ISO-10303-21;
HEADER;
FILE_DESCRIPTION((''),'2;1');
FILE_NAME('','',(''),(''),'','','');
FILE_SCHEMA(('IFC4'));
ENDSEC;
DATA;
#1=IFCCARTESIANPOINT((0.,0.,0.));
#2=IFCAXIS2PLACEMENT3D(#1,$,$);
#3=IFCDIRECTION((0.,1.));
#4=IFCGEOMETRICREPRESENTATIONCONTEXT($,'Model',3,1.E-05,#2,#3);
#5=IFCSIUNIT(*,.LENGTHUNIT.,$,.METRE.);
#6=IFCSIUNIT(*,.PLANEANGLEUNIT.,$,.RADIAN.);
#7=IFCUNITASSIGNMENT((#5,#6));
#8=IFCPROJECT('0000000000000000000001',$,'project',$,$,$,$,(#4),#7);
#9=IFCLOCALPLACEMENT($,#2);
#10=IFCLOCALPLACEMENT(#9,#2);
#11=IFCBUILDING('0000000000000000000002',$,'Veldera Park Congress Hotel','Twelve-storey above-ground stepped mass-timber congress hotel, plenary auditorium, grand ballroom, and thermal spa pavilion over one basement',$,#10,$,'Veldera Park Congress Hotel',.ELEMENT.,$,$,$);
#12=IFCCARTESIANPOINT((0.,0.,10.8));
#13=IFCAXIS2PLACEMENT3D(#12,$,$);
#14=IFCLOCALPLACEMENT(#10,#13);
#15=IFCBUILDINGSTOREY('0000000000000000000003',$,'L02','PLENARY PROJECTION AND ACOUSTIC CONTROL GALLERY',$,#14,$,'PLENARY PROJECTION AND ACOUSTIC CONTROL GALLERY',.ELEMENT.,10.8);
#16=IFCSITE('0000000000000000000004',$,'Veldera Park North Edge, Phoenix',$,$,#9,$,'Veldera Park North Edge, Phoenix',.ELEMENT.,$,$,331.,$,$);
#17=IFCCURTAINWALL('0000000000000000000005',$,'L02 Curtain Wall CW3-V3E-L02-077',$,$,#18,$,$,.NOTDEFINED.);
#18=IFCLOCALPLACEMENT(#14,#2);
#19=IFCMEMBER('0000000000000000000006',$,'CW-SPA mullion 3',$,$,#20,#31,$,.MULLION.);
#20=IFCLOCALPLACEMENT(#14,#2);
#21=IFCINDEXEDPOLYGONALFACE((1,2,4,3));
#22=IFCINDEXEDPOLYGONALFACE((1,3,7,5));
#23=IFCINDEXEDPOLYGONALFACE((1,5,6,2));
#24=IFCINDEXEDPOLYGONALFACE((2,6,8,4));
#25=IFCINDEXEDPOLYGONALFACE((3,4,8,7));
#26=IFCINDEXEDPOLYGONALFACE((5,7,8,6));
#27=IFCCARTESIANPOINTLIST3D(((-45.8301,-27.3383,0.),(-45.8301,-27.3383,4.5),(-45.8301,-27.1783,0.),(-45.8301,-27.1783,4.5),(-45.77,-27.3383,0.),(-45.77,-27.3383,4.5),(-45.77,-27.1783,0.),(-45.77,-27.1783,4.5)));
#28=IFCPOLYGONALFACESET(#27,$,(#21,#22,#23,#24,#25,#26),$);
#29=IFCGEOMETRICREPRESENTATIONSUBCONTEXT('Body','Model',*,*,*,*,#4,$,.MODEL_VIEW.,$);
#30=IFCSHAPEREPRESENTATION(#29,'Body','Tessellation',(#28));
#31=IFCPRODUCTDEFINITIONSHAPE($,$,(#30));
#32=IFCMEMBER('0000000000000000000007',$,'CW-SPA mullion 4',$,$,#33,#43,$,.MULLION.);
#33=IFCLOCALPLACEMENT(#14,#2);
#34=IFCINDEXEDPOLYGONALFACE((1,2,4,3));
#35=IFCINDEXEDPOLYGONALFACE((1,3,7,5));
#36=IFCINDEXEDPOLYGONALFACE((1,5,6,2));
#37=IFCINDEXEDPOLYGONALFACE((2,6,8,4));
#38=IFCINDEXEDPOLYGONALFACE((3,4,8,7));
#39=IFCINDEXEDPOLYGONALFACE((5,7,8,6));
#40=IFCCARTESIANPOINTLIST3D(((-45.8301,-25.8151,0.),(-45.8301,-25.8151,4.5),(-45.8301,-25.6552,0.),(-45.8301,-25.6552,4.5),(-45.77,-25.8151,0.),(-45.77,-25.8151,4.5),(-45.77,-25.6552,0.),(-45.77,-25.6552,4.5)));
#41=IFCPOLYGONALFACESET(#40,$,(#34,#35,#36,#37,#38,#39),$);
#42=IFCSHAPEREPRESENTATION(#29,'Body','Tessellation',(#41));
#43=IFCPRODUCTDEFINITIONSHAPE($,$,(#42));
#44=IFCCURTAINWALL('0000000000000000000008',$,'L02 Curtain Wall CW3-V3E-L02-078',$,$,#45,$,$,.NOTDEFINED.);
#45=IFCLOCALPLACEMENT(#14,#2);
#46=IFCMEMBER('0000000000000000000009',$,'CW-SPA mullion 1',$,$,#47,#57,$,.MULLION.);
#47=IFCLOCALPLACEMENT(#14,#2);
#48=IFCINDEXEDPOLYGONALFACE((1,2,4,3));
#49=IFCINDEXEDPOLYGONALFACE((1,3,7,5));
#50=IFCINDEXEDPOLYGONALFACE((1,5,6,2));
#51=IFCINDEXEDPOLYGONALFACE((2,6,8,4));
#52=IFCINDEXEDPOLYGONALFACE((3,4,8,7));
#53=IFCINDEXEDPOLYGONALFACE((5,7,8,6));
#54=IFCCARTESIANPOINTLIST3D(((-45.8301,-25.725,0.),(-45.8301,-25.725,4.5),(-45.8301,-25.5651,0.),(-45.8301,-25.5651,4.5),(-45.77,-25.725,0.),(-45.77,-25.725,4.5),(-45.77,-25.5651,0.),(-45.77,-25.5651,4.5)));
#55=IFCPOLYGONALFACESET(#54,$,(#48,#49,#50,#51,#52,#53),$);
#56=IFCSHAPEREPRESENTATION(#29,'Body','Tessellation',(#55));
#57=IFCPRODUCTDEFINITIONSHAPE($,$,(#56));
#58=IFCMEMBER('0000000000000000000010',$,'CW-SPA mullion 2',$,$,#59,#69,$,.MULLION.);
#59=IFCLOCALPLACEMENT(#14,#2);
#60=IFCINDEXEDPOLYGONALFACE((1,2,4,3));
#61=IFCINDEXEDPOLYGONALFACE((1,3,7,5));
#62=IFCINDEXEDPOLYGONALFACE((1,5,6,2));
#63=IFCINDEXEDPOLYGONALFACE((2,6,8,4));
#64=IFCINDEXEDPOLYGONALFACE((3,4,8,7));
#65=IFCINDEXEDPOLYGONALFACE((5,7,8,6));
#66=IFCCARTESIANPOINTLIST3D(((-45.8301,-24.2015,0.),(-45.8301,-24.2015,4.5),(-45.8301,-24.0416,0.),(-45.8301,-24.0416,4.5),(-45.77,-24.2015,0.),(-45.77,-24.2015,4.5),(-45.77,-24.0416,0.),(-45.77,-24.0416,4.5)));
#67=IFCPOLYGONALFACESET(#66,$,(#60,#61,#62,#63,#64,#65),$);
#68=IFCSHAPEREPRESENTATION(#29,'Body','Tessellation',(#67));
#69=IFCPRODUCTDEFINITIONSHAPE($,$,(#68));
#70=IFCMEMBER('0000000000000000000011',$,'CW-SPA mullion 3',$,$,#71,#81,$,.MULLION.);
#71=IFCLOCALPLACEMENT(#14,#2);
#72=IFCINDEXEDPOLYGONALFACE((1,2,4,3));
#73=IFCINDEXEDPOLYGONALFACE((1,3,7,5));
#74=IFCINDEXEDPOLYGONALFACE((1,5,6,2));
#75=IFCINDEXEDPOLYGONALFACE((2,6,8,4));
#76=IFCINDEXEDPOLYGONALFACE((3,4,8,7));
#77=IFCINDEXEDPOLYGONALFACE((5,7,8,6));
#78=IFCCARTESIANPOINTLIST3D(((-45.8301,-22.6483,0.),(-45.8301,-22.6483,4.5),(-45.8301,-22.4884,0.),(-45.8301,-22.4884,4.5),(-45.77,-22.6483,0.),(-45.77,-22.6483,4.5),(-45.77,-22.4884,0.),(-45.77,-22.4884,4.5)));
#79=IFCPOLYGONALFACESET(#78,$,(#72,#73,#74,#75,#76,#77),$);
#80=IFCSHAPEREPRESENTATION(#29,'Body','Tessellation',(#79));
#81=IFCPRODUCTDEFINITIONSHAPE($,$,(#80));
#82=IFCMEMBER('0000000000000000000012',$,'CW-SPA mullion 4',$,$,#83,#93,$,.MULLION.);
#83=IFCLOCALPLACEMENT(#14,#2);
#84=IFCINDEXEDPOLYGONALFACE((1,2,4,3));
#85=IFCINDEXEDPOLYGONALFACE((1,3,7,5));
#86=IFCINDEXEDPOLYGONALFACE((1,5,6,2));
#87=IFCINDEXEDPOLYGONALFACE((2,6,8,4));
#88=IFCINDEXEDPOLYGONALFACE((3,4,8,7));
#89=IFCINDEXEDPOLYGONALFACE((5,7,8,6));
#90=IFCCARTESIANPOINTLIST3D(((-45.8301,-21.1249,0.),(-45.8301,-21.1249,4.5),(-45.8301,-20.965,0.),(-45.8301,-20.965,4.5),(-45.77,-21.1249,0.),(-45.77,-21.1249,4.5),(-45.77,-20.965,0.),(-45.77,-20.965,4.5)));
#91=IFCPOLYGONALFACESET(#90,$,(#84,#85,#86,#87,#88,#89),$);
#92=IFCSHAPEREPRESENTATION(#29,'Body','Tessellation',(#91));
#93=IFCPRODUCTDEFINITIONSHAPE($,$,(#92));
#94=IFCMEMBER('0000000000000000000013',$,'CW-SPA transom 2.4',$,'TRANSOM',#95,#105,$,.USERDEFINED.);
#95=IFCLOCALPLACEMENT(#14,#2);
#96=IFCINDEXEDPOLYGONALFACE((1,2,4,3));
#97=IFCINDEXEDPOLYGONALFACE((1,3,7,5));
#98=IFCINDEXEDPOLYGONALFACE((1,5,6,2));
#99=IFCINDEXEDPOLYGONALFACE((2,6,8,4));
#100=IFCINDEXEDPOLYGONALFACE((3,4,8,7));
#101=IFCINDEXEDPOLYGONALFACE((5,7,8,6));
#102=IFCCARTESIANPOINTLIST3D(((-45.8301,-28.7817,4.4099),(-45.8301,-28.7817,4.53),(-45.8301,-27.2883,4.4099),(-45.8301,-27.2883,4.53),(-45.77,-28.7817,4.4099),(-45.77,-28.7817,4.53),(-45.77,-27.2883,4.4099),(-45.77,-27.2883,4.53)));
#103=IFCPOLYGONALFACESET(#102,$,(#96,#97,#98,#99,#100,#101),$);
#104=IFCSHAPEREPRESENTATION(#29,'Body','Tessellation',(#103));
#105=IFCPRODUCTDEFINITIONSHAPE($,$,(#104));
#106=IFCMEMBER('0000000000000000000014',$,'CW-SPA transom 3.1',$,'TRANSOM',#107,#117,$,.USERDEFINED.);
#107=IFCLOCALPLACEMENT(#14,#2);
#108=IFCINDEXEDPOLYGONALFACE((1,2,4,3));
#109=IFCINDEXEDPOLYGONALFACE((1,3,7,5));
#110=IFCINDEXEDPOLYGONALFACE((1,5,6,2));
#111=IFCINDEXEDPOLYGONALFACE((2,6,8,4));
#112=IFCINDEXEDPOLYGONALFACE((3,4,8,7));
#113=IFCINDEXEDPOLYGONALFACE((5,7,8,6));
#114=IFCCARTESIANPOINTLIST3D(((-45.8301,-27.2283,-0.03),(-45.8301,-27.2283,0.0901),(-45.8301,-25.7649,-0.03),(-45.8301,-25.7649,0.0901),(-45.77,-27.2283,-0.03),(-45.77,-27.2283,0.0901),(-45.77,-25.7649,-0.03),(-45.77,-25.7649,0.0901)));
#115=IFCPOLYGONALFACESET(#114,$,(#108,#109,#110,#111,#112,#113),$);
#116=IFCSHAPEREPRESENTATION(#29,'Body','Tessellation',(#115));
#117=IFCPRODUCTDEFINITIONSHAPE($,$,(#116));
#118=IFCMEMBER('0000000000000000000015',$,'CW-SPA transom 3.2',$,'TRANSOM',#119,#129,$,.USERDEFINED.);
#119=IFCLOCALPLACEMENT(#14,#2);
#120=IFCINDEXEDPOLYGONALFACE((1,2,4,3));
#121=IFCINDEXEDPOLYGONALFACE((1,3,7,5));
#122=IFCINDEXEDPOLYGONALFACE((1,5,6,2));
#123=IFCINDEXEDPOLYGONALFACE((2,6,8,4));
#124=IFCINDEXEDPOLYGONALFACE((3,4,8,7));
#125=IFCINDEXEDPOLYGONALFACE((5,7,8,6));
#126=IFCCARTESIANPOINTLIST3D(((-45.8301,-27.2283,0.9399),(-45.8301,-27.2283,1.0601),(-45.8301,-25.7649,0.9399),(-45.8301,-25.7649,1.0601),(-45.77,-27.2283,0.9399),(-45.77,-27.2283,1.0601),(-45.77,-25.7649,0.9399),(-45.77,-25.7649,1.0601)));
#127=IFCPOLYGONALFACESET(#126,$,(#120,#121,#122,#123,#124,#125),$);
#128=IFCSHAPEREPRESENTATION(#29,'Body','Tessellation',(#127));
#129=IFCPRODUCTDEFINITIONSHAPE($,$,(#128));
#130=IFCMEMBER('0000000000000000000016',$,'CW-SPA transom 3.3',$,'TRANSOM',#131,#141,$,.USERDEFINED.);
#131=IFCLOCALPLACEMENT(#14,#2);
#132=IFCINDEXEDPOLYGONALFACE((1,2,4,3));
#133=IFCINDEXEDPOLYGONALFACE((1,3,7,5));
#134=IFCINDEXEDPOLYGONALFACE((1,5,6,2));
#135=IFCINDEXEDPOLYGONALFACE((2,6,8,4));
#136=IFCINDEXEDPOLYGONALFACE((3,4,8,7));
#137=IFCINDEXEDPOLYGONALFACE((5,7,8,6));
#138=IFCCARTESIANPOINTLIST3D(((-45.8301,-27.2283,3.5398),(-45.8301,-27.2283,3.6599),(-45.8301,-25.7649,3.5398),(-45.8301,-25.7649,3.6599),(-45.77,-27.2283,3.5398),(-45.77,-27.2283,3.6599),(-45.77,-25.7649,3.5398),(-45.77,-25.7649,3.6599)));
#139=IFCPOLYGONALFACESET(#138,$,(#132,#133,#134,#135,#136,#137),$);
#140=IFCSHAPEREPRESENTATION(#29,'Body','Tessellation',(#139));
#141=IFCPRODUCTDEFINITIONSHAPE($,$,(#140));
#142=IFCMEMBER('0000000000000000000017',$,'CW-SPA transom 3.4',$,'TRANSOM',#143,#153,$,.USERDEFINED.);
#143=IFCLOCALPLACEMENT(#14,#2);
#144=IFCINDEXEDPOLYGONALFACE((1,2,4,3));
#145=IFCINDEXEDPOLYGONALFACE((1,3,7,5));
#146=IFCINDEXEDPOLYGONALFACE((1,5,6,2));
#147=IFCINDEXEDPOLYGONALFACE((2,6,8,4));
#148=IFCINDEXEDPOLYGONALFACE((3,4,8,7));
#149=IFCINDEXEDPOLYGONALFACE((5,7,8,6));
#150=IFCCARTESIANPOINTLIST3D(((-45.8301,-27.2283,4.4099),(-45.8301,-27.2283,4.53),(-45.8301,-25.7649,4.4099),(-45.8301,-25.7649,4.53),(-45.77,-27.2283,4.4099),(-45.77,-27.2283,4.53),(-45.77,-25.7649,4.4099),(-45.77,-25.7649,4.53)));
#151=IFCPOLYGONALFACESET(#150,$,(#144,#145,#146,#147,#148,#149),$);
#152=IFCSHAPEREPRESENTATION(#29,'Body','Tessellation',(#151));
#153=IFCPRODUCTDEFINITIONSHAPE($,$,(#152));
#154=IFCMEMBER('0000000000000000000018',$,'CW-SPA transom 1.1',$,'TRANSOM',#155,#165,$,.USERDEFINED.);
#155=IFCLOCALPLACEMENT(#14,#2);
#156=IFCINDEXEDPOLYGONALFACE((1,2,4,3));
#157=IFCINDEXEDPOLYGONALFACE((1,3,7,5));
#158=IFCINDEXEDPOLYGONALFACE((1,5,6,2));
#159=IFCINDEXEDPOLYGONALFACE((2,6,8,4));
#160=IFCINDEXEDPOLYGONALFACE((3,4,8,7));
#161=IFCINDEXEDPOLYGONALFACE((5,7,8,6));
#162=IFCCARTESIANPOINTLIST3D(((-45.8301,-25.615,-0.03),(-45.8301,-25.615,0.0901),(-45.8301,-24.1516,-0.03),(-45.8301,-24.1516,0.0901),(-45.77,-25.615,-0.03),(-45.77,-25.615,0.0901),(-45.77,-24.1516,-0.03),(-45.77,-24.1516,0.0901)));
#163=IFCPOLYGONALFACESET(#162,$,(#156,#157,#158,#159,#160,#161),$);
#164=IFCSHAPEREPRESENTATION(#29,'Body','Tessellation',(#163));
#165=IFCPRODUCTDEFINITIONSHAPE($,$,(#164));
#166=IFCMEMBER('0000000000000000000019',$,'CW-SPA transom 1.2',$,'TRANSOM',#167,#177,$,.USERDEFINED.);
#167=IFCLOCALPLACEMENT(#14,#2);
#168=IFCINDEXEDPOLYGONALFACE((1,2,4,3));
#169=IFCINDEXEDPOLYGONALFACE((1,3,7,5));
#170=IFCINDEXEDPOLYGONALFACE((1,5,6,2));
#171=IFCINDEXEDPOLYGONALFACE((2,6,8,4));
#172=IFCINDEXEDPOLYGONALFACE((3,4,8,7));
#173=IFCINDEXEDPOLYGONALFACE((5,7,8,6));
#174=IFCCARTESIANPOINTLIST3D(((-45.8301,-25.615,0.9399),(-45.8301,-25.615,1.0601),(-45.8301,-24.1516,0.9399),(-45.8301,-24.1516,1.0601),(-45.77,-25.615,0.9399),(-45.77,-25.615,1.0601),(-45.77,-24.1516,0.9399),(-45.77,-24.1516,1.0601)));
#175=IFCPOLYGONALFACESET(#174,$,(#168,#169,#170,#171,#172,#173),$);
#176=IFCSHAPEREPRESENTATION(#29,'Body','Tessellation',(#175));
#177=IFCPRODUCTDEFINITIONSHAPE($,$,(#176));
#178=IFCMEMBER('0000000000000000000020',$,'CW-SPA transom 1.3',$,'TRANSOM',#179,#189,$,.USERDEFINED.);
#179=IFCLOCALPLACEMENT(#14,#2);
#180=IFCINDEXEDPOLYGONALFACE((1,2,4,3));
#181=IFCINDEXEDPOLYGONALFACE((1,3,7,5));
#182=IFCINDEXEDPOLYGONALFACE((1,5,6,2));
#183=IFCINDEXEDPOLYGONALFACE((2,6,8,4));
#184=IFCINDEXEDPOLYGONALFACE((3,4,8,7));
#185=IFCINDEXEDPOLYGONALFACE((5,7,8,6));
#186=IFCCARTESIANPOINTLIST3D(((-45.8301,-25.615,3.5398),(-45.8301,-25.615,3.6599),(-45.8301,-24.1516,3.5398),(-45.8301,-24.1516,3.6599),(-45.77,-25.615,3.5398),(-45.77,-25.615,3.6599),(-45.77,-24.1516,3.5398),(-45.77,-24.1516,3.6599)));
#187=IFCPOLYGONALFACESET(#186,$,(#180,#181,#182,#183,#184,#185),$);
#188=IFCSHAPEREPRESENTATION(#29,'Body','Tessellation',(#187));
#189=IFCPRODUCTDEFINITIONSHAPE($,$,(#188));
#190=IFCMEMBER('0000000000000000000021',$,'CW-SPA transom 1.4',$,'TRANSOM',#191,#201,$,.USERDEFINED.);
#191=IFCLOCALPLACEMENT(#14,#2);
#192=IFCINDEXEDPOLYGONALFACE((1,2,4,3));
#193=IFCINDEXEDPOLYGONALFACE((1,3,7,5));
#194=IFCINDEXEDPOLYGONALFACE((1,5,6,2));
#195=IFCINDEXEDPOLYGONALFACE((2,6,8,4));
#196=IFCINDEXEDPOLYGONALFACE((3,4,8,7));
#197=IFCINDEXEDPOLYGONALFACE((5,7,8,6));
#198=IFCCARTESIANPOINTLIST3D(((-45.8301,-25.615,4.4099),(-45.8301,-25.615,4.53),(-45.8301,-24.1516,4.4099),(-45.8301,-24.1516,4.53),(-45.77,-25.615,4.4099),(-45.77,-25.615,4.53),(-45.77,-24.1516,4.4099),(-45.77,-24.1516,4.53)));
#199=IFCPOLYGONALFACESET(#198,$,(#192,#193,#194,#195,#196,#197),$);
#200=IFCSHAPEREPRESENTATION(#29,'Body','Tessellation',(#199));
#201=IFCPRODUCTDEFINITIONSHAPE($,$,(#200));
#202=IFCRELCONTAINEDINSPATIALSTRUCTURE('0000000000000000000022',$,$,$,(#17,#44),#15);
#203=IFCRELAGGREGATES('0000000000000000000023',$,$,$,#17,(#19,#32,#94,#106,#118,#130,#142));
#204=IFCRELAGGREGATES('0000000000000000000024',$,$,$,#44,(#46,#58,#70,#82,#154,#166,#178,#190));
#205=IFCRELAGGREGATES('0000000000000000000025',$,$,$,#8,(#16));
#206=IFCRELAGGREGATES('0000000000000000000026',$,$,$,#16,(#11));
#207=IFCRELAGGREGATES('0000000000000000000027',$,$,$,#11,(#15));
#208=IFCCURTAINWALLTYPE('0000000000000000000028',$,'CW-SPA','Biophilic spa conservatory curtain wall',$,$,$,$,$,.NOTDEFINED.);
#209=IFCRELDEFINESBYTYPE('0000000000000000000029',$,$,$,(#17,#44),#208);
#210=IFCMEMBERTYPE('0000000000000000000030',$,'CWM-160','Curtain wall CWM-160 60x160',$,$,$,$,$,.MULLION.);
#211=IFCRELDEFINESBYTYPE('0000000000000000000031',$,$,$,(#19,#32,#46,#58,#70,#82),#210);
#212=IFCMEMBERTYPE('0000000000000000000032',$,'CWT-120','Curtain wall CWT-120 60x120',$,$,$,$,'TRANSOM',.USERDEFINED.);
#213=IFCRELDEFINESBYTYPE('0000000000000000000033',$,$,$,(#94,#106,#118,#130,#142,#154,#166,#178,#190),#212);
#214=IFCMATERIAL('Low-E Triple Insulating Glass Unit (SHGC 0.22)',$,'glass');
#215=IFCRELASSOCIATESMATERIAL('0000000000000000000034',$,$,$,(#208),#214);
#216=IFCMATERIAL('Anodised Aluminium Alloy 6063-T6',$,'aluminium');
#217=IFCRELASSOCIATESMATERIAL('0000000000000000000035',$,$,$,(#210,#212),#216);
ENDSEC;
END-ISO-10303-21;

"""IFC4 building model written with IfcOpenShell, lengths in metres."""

from ifc_helpers import new_model, si_unit, direction, frame, origin, origin_2d, place, context, subcontext, project, spatial, rectangle, extrude, material, material_profile, profile_set, type_object, element, aggregate, save


model = new_model("IFC4")

# Units and contexts
model_context = context("Model", 3, precision=1e-05, world=origin(), true_north=direction((0.0, 1.0)))
body_context = subcontext(model_context, "Body", "Model", "MODEL_VIEW")
ifc_project = project(units=[si_unit("LENGTHUNIT", "METRE"), si_unit("PLANEANGLEUNIT", "RADIAN")], contexts=[model_context])

# Site, building, storey
site_placement = place(None, origin())
site = spatial("IfcSite", under=ifc_project, at=site_placement, Name="Veldera Park North Edge, Phoenix", LongName="Veldera Park North Edge, Phoenix", CompositionType="ELEMENT", RefElevation=331.0)
building_placement = place(site_placement, origin())
building = spatial("IfcBuilding", under=site, at=building_placement, Name="Veldera Park Congress Hotel", Description="Twelve-storey above-ground stepped mass-timber congress hotel, plenary auditorium, grand ballroom, and thermal spa pavilion over one basement", LongName="Veldera Park Congress Hotel", CompositionType="ELEMENT")
storey_placement = place(building_placement, frame((0.0, 0.0, 10.8)))
storey = spatial("IfcBuildingStorey", under=building, at=storey_placement, Name="L02", Description="PLENARY PROJECTION AND ACOUSTIC CONTROL GALLERY", LongName="PLENARY PROJECTION AND ACOUSTIC CONTROL GALLERY", CompositionType="ELEMENT", Elevation=10.8)

# Curtain walls, members
ifc_material_1 = material(Name="Low-E Triple Insulating Glass Unit (SHGC 0.22)", Category="glass")
curtain_wall_type = type_object("IfcCurtainWallType", Name="CW-SPA", Description="Biophilic spa conservatory curtain wall", PredefinedType="NOTDEFINED", material=ifc_material_1)
curtain_wall_1_placement = place(storey_placement, origin())
curtain_wall_1 = element("IfcCurtainWall", 1, at=curtain_wall_1_placement, inside=storey, type_object=curtain_wall_type, Name="L02 Curtain Wall CW3-V3E-L02-077", PredefinedType="NOTDEFINED")
ifc_material_2 = material(Name="Anodised Aluminium Alloy 6063-T6", Category="aluminium")
ifc_material_profile_1 = material_profile(ifc_material_2, rectangle(XDim=0.0601, YDim=0.1599, at=origin_2d()), Name="ALU 60x160")
ifc_profile_set_1 = profile_set([ifc_material_profile_1], Name="Anodised Aluminium Alloy 6063-T6")
member_type_1 = type_object("IfcMemberType", Name="CWM-160", Description="Curtain wall CWM-160 60x160", PredefinedType="MULLION", material=ifc_profile_set_1)
member_1_placement = place(storey_placement, frame((-45.8, -27.2583, 0.0), z_axis=(0.0, 0.0, 1.0), x_axis=(-1.0, 0.0, 0.0)))
member_1 = element("IfcMember", 2, at=member_1_placement, type_object=member_type_1, Name="CW-SPA mullion 3", PredefinedType="MULLION", context=body_context, shape_type="SweptSolid", body=[
    extrude(rectangle(XDim=0.0601, YDim=0.1599, at=origin_2d()), origin(), (0.0, 0.0, 1.0), 4.5),
])
member_2_placement = place(storey_placement, frame((-45.8, -25.7351, 0.0), z_axis=(0.0, 0.0, 1.0), x_axis=(-1.0, 0.0, 0.0)))
member_2 = element("IfcMember", 3, at=member_2_placement, type_object=member_type_1, Name="CW-SPA mullion 4", PredefinedType="MULLION", context=body_context, shape_type="SweptSolid", body=[
    extrude(rectangle(XDim=0.0601, YDim=0.1599, at=origin_2d()), origin(), (0.0, 0.0, 1.0), 4.5),
])
curtain_wall_2_placement = place(storey_placement, origin())
curtain_wall_2 = element("IfcCurtainWall", 4, at=curtain_wall_2_placement, inside=storey, type_object=curtain_wall_type, Name="L02 Curtain Wall CW3-V3E-L02-078", PredefinedType="NOTDEFINED")
member_3_placement = place(storey_placement, frame((-45.8, -25.645, 0.0), z_axis=(0.0, 0.0, 1.0), x_axis=(-1.0, 0.0, 0.0)))
member_3 = element("IfcMember", 5, at=member_3_placement, type_object=member_type_1, Name="CW-SPA mullion 1", PredefinedType="MULLION", context=body_context, shape_type="SweptSolid", body=[
    extrude(rectangle(XDim=0.0601, YDim=0.1599, at=origin_2d()), origin(), (0.0, 0.0, 1.0), 4.5),
])
member_4_placement = place(storey_placement, frame((-45.8, -24.1216, 0.0), z_axis=(0.0, 0.0, 1.0), x_axis=(-1.0, 0.0, 0.0)))
member_4 = element("IfcMember", 6, at=member_4_placement, type_object=member_type_1, Name="CW-SPA mullion 2", PredefinedType="MULLION", context=body_context, shape_type="SweptSolid", body=[
    extrude(rectangle(XDim=0.0601, YDim=0.1599, at=origin_2d()), origin(), (0.0, 0.0, 1.0), 4.5),
])
member_5_placement = place(storey_placement, frame((-45.8, -22.5684, 0.0), z_axis=(0.0, 0.0, 1.0), x_axis=(-1.0, 0.0, 0.0)))
member_5 = element("IfcMember", 7, at=member_5_placement, type_object=member_type_1, Name="CW-SPA mullion 3", PredefinedType="MULLION", context=body_context, shape_type="SweptSolid", body=[
    extrude(rectangle(XDim=0.0601, YDim=0.1599, at=origin_2d()), origin(), (0.0, 0.0, 1.0), 4.5),
])
member_6_placement = place(storey_placement, frame((-45.8, -21.0449, 0.0), z_axis=(0.0, 0.0, 1.0), x_axis=(-1.0, 0.0, 0.0)))
member_6 = element("IfcMember", 8, at=member_6_placement, type_object=member_type_1, Name="CW-SPA mullion 4", PredefinedType="MULLION", context=body_context, shape_type="SweptSolid", body=[
    extrude(rectangle(XDim=0.0601, YDim=0.1599, at=origin_2d()), origin(), (0.0, 0.0, 1.0), 4.5),
])

# Members
ifc_material_profile_2 = material_profile(ifc_material_2, rectangle(XDim=0.0601, YDim=0.1201, at=origin_2d()), Name="ALU 60x120")
ifc_profile_set_2 = profile_set([ifc_material_profile_2], Name="Anodised Aluminium Alloy 6063-T6")
member_type_2 = type_object("IfcMemberType", Name="CWT-120", Description="Curtain wall CWT-120 60x120", ElementType="TRANSOM", PredefinedType="USERDEFINED", material=ifc_profile_set_2)
member_7_placement = place(storey_placement, frame((-45.8, -28.7817, 4.47), z_axis=(0.0, 1.0, 0.0), x_axis=(-1.0, 0.0, 0.0)))
member_7 = element("IfcMember", 9, at=member_7_placement, type_object=member_type_2, Name="CW-SPA transom 2.4", ObjectType="TRANSOM", PredefinedType="USERDEFINED", context=body_context, shape_type="SweptSolid", body=[
    extrude(rectangle(XDim=0.0601, YDim=0.1201, at=origin_2d()), origin(), (0.0, 0.0, 1.0), 1.4934),
])
member_8_placement = place(storey_placement, frame((-45.8, -27.2283, 0.03), z_axis=(0.0, 1.0, 0.0), x_axis=(-1.0, 0.0, 0.0)))
member_8 = element("IfcMember", 10, at=member_8_placement, type_object=member_type_2, Name="CW-SPA transom 3.1", ObjectType="TRANSOM", PredefinedType="USERDEFINED", context=body_context, shape_type="SweptSolid", body=[
    extrude(rectangle(XDim=0.0601, YDim=0.1201, at=origin_2d()), origin(), (0.0, 0.0, 1.0), 1.4634),
])
member_9_placement = place(storey_placement, frame((-45.8, -27.2283, 1.0), z_axis=(0.0, 1.0, 0.0), x_axis=(-1.0, 0.0, 0.0)))
member_9 = element("IfcMember", 11, at=member_9_placement, type_object=member_type_2, Name="CW-SPA transom 3.2", ObjectType="TRANSOM", PredefinedType="USERDEFINED", context=body_context, shape_type="SweptSolid", body=[
    extrude(rectangle(XDim=0.0601, YDim=0.1201, at=origin_2d()), origin(), (0.0, 0.0, 1.0), 1.4634),
])
member_10_placement = place(storey_placement, frame((-45.8, -27.2283, 3.5999), z_axis=(0.0, 1.0, 0.0), x_axis=(-1.0, 0.0, 0.0)))
member_10 = element("IfcMember", 12, at=member_10_placement, type_object=member_type_2, Name="CW-SPA transom 3.3", ObjectType="TRANSOM", PredefinedType="USERDEFINED", context=body_context, shape_type="SweptSolid", body=[
    extrude(rectangle(XDim=0.0601, YDim=0.1201, at=origin_2d()), origin(), (0.0, 0.0, 1.0), 1.4634),
])
member_11_placement = place(storey_placement, frame((-45.8, -27.2283, 4.47), z_axis=(0.0, 1.0, 0.0), x_axis=(-1.0, 0.0, 0.0)))
member_11 = element("IfcMember", 13, at=member_11_placement, type_object=member_type_2, Name="CW-SPA transom 3.4", ObjectType="TRANSOM", PredefinedType="USERDEFINED", context=body_context, shape_type="SweptSolid", body=[
    extrude(rectangle(XDim=0.0601, YDim=0.1201, at=origin_2d()), origin(), (0.0, 0.0, 1.0), 1.4634),
])
member_12_placement = place(storey_placement, frame((-45.8, -25.615, 0.03), z_axis=(0.0, 1.0, 0.0), x_axis=(-1.0, 0.0, 0.0)))
member_12 = element("IfcMember", 14, at=member_12_placement, type_object=member_type_2, Name="CW-SPA transom 1.1", ObjectType="TRANSOM", PredefinedType="USERDEFINED", context=body_context, shape_type="SweptSolid", body=[
    extrude(rectangle(XDim=0.0601, YDim=0.1201, at=origin_2d()), origin(), (0.0, 0.0, 1.0), 1.4634),
])
member_13_placement = place(storey_placement, frame((-45.8, -25.615, 1.0), z_axis=(0.0, 1.0, 0.0), x_axis=(-1.0, 0.0, 0.0)))
member_13 = element("IfcMember", 15, at=member_13_placement, type_object=member_type_2, Name="CW-SPA transom 1.2", ObjectType="TRANSOM", PredefinedType="USERDEFINED", context=body_context, shape_type="SweptSolid", body=[
    extrude(rectangle(XDim=0.0601, YDim=0.1201, at=origin_2d()), origin(), (0.0, 0.0, 1.0), 1.4634),
])
member_14_placement = place(storey_placement, frame((-45.8, -25.615, 3.5999), z_axis=(0.0, 1.0, 0.0), x_axis=(-1.0, 0.0, 0.0)))
member_14 = element("IfcMember", 16, at=member_14_placement, type_object=member_type_2, Name="CW-SPA transom 1.3", ObjectType="TRANSOM", PredefinedType="USERDEFINED", context=body_context, shape_type="SweptSolid", body=[
    extrude(rectangle(XDim=0.0601, YDim=0.1201, at=origin_2d()), origin(), (0.0, 0.0, 1.0), 1.4634),
])
member_15_placement = place(storey_placement, frame((-45.8, -25.615, 4.47), z_axis=(0.0, 1.0, 0.0), x_axis=(-1.0, 0.0, 0.0)))
member_15 = element("IfcMember", 17, at=member_15_placement, type_object=member_type_2, Name="CW-SPA transom 1.4", ObjectType="TRANSOM", PredefinedType="USERDEFINED", context=body_context, shape_type="SweptSolid", body=[
    extrude(rectangle(XDim=0.0601, YDim=0.1201, at=origin_2d()), origin(), (0.0, 0.0, 1.0), 1.4634),
])

aggregate(curtain_wall_1, [member_1, member_2, member_7, member_8, member_9, member_10, member_11])
aggregate(curtain_wall_2, [member_3, member_4, member_5, member_6, member_12, member_13, member_14, member_15])

save(model, "model.ifc")
